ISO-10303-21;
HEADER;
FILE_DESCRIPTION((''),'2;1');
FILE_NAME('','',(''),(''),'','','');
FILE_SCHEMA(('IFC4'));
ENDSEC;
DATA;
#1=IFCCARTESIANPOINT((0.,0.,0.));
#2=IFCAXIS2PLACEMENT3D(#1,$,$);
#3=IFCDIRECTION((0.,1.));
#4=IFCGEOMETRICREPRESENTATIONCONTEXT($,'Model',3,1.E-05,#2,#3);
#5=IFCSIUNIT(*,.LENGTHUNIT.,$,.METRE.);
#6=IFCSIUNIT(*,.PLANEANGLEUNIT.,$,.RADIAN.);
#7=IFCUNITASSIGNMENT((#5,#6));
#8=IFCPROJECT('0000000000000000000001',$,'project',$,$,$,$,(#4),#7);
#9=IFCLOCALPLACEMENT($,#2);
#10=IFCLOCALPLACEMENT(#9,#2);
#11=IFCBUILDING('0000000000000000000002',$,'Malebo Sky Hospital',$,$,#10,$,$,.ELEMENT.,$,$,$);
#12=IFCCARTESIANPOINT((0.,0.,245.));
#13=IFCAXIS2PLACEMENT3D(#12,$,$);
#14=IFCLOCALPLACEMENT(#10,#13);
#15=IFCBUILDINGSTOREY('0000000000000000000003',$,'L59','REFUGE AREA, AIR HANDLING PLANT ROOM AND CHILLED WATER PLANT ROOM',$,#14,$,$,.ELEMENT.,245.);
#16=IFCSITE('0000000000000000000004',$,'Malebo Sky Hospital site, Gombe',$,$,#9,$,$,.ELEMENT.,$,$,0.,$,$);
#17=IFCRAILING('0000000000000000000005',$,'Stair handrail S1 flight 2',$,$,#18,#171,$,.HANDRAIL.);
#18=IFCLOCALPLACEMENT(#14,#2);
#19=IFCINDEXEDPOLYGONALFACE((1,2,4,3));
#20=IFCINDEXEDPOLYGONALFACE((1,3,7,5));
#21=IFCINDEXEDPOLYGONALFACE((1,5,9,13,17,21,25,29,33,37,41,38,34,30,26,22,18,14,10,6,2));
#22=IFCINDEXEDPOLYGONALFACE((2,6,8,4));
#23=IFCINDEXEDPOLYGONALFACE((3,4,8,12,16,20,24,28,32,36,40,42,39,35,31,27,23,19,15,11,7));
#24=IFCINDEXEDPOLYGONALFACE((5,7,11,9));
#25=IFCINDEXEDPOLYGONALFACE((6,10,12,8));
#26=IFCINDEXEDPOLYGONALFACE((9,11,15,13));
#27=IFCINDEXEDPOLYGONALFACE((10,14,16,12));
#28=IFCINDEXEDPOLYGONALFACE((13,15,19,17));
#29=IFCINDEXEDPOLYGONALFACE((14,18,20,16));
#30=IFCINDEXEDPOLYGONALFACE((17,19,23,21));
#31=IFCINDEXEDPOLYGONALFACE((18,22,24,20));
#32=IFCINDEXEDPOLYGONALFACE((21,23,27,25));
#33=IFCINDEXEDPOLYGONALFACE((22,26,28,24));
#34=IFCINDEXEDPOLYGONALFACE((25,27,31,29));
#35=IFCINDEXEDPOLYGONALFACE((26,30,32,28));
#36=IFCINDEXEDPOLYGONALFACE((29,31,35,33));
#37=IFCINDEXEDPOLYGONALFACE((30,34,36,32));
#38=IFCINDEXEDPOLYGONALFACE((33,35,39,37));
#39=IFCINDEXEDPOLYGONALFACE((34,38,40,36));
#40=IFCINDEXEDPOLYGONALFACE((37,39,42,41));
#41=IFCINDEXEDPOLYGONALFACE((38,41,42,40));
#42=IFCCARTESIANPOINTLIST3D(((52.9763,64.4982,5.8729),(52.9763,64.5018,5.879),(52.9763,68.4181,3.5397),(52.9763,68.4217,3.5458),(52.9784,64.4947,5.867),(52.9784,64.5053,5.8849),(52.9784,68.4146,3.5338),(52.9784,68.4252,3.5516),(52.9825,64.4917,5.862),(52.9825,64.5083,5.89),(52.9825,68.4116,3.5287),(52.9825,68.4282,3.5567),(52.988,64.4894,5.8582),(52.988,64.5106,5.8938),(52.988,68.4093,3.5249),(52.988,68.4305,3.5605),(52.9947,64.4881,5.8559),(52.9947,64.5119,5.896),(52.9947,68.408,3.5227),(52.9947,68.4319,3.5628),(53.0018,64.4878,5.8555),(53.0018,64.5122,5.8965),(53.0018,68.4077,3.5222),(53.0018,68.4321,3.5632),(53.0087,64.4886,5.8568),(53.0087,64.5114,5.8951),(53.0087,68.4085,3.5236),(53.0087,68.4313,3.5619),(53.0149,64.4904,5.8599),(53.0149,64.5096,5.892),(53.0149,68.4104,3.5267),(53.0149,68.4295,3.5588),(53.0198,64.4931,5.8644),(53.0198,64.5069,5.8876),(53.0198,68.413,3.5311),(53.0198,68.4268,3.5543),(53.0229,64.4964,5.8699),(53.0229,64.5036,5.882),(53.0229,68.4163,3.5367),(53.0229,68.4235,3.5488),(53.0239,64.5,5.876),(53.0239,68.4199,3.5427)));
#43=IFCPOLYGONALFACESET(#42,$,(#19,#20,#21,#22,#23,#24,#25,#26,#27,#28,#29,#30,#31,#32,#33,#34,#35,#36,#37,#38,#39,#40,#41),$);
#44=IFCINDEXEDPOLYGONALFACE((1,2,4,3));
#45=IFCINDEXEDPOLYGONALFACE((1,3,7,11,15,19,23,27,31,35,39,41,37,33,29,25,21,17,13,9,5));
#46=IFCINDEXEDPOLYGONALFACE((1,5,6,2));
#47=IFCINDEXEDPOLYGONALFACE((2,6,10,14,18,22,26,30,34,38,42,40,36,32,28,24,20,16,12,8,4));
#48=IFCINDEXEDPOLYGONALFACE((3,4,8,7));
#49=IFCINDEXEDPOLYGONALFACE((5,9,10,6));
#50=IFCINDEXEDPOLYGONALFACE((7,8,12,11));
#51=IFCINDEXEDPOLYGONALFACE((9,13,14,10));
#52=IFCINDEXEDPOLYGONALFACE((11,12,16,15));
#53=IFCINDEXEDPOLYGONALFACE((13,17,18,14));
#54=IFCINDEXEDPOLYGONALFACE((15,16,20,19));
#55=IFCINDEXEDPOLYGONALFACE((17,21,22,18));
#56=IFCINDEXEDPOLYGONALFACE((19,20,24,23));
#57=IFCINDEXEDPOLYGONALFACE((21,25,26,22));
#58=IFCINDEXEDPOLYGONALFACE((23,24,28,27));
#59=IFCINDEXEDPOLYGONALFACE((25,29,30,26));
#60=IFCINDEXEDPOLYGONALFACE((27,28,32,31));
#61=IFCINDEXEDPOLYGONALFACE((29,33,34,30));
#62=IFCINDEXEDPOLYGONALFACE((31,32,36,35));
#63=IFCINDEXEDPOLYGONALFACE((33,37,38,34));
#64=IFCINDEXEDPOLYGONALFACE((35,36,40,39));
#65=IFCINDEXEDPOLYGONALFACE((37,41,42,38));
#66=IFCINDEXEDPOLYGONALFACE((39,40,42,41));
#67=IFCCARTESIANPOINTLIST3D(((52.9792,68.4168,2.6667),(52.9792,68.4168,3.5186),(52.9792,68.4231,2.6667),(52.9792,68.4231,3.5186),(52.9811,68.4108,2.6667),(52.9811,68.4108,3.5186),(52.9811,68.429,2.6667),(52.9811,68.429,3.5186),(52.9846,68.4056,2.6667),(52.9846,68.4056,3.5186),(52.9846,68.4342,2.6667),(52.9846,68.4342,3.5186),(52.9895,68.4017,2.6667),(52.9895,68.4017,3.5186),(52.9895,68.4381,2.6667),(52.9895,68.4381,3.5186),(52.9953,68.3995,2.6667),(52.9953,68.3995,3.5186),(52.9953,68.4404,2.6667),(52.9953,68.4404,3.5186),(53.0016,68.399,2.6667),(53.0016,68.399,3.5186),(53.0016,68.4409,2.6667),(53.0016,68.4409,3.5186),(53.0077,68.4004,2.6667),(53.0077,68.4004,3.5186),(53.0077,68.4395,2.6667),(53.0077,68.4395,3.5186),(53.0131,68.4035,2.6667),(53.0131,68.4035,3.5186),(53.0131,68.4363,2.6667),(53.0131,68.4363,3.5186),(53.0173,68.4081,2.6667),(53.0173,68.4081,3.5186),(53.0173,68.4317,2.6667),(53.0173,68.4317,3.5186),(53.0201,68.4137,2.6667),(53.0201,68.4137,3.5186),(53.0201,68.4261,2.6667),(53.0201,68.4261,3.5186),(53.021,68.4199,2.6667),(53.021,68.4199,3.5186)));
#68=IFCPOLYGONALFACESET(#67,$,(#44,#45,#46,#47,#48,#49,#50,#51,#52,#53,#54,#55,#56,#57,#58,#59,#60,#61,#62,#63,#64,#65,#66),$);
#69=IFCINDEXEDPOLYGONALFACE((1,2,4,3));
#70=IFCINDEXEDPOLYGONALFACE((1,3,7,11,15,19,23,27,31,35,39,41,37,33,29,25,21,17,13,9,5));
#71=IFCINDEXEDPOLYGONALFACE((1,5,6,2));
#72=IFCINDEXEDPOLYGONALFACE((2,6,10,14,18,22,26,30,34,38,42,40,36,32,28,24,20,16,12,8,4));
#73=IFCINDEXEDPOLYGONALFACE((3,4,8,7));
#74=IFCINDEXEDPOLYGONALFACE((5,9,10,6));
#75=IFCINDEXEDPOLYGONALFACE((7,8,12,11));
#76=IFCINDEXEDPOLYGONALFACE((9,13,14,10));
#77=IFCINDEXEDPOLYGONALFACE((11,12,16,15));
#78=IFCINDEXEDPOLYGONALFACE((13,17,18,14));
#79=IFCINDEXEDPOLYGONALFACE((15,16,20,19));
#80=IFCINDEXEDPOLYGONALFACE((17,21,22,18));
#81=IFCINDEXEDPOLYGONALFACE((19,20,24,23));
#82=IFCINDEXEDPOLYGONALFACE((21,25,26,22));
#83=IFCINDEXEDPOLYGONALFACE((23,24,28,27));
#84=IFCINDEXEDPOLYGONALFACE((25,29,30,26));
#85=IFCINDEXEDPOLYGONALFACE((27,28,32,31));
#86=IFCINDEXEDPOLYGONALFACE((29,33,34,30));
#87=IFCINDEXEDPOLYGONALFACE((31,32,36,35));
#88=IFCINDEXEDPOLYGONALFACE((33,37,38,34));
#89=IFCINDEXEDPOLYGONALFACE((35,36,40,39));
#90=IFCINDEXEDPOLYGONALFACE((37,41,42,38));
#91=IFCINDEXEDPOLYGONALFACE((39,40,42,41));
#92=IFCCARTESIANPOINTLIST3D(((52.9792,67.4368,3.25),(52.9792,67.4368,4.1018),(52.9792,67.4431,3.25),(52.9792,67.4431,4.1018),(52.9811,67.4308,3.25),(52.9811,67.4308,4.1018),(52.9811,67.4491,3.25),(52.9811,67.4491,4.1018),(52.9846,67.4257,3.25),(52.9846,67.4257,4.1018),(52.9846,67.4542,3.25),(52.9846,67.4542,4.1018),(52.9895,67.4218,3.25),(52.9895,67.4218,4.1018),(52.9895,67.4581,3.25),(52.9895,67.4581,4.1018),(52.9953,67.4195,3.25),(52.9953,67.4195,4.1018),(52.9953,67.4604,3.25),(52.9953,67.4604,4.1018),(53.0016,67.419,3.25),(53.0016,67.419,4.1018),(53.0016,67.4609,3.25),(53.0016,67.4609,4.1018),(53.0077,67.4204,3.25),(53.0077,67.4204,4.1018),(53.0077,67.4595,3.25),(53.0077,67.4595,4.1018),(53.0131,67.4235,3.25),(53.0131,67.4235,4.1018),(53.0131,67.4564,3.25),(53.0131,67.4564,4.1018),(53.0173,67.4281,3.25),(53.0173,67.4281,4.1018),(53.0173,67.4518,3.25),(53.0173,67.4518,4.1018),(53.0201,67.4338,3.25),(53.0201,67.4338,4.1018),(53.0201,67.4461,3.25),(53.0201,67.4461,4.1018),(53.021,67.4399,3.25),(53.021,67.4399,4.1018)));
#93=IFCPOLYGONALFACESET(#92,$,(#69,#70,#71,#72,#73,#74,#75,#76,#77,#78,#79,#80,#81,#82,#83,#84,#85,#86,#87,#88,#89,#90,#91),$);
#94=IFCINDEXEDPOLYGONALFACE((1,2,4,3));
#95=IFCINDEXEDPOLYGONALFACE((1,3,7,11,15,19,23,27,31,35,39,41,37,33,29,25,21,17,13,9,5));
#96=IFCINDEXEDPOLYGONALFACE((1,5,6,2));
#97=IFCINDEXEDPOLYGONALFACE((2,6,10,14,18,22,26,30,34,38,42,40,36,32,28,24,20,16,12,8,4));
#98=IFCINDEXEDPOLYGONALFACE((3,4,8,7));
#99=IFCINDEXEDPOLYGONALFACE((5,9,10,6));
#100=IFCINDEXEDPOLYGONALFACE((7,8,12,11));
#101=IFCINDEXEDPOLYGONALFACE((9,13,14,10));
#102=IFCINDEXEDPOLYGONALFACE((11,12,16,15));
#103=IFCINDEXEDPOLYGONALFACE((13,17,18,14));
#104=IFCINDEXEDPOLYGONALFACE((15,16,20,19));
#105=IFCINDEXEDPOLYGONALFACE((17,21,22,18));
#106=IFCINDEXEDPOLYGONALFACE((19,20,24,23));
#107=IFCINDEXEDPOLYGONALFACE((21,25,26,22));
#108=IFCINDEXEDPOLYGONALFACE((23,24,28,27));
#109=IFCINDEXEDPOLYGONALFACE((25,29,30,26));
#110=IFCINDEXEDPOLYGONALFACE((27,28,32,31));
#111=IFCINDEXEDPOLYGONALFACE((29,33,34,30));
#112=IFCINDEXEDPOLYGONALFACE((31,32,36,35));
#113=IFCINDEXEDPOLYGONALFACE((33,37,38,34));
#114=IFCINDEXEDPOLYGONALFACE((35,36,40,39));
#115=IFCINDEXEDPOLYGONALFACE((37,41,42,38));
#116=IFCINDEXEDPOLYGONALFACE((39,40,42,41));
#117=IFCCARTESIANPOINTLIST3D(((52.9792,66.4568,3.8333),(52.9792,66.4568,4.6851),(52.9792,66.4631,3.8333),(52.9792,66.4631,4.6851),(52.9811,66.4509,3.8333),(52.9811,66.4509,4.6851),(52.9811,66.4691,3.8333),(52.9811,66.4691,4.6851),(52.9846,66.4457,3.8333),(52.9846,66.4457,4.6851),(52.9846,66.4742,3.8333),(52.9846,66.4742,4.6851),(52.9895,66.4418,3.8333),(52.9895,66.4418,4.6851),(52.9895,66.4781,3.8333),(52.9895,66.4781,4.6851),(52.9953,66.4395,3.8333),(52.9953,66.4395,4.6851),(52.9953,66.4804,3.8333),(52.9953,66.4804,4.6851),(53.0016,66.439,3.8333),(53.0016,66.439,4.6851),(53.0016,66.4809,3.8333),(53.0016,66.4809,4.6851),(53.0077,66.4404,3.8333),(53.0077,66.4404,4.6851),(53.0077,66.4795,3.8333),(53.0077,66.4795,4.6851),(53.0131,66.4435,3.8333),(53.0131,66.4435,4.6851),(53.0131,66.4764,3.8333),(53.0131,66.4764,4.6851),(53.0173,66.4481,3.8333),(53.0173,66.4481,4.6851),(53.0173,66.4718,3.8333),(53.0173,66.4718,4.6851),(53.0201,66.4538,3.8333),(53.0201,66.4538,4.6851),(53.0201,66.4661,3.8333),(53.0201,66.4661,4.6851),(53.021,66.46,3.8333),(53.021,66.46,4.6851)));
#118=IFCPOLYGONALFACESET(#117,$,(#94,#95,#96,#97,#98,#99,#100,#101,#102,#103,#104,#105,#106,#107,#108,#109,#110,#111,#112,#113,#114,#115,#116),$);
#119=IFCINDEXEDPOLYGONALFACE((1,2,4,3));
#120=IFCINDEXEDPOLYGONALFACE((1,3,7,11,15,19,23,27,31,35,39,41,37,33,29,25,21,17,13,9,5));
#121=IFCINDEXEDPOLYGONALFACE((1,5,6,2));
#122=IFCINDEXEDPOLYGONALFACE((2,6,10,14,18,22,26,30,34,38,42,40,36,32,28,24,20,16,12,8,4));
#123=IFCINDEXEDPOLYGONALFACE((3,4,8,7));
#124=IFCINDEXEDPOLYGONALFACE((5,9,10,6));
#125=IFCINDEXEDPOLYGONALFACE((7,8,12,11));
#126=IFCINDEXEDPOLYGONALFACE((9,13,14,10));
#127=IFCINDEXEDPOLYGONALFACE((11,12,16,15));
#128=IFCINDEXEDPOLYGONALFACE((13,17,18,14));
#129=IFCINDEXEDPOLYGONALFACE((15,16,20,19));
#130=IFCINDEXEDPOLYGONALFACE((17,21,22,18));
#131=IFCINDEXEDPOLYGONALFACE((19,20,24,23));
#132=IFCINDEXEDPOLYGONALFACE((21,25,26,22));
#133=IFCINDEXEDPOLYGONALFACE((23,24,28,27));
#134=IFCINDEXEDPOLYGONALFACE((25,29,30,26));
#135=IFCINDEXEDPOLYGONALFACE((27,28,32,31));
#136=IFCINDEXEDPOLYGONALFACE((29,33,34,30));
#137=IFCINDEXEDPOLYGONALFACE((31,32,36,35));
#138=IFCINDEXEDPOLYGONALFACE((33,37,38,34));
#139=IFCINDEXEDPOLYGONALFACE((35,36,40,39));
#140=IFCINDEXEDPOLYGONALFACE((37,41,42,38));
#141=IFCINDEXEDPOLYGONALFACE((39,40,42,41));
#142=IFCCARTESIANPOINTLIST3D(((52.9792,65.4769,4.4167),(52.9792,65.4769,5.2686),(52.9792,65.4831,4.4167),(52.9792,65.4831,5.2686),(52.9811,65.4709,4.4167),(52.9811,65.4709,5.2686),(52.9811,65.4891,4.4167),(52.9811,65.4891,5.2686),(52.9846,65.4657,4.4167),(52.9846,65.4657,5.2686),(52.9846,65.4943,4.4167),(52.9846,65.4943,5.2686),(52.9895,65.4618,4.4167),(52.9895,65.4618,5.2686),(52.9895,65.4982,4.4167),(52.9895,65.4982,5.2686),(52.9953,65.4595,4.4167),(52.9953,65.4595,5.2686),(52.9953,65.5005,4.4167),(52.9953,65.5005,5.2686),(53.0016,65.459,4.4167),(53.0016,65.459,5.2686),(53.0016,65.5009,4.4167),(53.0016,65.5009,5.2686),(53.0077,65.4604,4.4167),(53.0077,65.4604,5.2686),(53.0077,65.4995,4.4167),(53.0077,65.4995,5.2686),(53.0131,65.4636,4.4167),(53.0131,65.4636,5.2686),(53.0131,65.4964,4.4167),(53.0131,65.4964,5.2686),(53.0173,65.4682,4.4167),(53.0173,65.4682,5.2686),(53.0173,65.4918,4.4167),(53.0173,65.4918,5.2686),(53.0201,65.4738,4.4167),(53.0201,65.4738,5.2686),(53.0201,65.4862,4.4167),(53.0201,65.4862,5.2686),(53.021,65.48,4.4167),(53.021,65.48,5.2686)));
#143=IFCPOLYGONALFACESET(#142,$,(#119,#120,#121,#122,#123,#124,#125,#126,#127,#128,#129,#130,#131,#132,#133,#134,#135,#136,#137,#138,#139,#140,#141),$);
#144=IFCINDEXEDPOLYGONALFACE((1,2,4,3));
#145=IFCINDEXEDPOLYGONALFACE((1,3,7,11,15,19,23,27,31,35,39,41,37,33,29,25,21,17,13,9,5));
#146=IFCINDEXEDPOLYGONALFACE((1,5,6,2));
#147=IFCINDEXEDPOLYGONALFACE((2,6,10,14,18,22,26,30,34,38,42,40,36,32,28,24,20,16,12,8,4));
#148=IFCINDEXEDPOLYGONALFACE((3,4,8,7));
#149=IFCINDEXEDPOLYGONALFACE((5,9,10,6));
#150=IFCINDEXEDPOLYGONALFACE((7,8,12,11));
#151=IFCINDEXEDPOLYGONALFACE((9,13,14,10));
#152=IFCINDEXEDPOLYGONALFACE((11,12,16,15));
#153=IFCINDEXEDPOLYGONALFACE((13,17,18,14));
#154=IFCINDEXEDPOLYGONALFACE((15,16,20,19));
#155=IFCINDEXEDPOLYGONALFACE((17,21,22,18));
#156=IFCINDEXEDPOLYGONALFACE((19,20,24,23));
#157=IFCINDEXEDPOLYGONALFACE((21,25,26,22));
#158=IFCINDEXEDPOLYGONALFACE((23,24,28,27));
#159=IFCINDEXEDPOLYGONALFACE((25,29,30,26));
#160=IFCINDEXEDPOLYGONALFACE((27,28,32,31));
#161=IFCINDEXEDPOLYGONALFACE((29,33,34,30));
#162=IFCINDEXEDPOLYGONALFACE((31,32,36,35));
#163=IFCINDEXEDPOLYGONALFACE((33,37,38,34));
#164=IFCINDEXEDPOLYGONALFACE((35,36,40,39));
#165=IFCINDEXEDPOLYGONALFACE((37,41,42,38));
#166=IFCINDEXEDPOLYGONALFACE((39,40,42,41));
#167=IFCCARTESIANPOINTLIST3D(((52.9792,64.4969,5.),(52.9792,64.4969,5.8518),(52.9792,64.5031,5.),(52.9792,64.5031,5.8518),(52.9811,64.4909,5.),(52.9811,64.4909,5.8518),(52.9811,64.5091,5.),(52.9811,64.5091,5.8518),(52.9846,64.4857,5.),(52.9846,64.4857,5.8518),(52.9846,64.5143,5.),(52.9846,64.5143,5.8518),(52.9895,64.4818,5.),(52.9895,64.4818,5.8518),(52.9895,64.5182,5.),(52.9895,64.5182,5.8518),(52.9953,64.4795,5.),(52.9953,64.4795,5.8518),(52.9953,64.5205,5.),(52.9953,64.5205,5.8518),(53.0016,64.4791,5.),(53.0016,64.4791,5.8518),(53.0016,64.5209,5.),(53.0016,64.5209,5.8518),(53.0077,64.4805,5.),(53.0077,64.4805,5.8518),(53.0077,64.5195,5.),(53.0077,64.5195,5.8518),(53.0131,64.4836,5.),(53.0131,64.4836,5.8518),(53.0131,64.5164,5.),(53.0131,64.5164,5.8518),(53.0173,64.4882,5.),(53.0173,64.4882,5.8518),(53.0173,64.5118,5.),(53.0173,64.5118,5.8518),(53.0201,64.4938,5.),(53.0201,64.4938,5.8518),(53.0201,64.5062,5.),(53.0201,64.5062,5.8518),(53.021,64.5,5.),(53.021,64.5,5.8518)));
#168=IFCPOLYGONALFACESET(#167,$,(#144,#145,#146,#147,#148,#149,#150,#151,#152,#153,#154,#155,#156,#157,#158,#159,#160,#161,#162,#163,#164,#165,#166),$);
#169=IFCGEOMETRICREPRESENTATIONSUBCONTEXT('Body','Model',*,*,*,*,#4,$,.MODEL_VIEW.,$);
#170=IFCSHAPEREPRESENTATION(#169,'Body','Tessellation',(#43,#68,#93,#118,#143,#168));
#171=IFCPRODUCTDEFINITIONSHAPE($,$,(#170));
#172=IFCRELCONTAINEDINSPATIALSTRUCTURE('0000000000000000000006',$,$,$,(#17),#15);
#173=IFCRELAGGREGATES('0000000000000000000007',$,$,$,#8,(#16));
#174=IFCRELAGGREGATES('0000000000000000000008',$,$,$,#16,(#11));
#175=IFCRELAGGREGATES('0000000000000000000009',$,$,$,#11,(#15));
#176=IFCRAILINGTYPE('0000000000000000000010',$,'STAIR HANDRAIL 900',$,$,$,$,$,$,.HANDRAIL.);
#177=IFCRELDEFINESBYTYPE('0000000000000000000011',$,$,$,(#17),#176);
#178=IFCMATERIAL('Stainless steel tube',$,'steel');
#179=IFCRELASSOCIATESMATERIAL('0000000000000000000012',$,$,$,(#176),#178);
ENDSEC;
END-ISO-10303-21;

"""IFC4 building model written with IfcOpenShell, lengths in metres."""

from ifc_helpers import new_model, si_unit, direction, frame, origin, origin_2d, place, context, subcontext, project, spatial, circle, extrude, material, type_object, element, save


model = new_model("IFC4")

# Units and contexts
model_context = context("Model", 3, precision=1e-05, world=origin(), true_north=direction((0.0, 1.0)))
body_context = subcontext(model_context, "Body", "Model", "MODEL_VIEW")
ifc_project = project(units=[si_unit("LENGTHUNIT", "METRE"), si_unit("PLANEANGLEUNIT", "RADIAN")], contexts=[model_context])

# Site, building, storey
site_placement = place(None, origin())
site = spatial("IfcSite", under=ifc_project, at=site_placement, Name="Malebo Sky Hospital site, Gombe", CompositionType="ELEMENT", RefElevation=0.0)
building_placement = place(site_placement, origin())
building = spatial("IfcBuilding", under=site, at=building_placement, Name="Malebo Sky Hospital", CompositionType="ELEMENT")
storey_placement = place(building_placement, frame((0.0, 0.0, 245.0)))
storey = spatial("IfcBuildingStorey", under=building, at=storey_placement, Name="L59", Description="REFUGE AREA, AIR HANDLING PLANT ROOM AND CHILLED WATER PLANT ROOM", CompositionType="ELEMENT", Elevation=245.0)

# Railing
ifc_material_1 = material(Name="Stainless steel tube", Category="steel")
railing_type = type_object("IfcRailingType", Name="STAIR HANDRAIL 900", PredefinedType="HANDRAIL", material=ifc_material_1)
railing_1_placement = place(storey_placement, frame((53.0, 68.4199, 2.6667)))
element("IfcRailing", 1, at=railing_1_placement, inside=storey, type_object=railing_type, Name="Stair handrail S1 flight 2", PredefinedType="HANDRAIL", context=body_context, shape_type="SweptSolid", body=[
    extrude(circle(Radius=0.0239, at=origin_2d()), frame((0.0, 0.0, 0.876), z_axis=(0.0, -0.859296, 0.511478), x_axis=(1.0, 0.0, 0.0)), (0.0, 0.0, 1.0), 4.5618),
    extrude(circle(Radius=0.021, at=origin_2d()), origin(), (0.0, 0.0, 1.0), 0.8518),
    extrude(circle(Radius=0.021, at=origin_2d()), frame((0.0, -0.98, 0.5833)), (0.0, 0.0, 1.0), 0.8518),
    extrude(circle(Radius=0.021, at=origin_2d()), frame((0.0, -1.96, 1.1665)), (0.0, 0.0, 1.0), 0.8518),
    extrude(circle(Radius=0.021, at=origin_2d()), frame((0.0, -2.9399, 1.75)), (0.0, 0.0, 1.0), 0.8518),
    extrude(circle(Radius=0.021, at=origin_2d()), frame((0.0, -3.9199, 2.3333)), (0.0, 0.0, 1.0), 0.8518),
])

save(model, "model.ifc")
